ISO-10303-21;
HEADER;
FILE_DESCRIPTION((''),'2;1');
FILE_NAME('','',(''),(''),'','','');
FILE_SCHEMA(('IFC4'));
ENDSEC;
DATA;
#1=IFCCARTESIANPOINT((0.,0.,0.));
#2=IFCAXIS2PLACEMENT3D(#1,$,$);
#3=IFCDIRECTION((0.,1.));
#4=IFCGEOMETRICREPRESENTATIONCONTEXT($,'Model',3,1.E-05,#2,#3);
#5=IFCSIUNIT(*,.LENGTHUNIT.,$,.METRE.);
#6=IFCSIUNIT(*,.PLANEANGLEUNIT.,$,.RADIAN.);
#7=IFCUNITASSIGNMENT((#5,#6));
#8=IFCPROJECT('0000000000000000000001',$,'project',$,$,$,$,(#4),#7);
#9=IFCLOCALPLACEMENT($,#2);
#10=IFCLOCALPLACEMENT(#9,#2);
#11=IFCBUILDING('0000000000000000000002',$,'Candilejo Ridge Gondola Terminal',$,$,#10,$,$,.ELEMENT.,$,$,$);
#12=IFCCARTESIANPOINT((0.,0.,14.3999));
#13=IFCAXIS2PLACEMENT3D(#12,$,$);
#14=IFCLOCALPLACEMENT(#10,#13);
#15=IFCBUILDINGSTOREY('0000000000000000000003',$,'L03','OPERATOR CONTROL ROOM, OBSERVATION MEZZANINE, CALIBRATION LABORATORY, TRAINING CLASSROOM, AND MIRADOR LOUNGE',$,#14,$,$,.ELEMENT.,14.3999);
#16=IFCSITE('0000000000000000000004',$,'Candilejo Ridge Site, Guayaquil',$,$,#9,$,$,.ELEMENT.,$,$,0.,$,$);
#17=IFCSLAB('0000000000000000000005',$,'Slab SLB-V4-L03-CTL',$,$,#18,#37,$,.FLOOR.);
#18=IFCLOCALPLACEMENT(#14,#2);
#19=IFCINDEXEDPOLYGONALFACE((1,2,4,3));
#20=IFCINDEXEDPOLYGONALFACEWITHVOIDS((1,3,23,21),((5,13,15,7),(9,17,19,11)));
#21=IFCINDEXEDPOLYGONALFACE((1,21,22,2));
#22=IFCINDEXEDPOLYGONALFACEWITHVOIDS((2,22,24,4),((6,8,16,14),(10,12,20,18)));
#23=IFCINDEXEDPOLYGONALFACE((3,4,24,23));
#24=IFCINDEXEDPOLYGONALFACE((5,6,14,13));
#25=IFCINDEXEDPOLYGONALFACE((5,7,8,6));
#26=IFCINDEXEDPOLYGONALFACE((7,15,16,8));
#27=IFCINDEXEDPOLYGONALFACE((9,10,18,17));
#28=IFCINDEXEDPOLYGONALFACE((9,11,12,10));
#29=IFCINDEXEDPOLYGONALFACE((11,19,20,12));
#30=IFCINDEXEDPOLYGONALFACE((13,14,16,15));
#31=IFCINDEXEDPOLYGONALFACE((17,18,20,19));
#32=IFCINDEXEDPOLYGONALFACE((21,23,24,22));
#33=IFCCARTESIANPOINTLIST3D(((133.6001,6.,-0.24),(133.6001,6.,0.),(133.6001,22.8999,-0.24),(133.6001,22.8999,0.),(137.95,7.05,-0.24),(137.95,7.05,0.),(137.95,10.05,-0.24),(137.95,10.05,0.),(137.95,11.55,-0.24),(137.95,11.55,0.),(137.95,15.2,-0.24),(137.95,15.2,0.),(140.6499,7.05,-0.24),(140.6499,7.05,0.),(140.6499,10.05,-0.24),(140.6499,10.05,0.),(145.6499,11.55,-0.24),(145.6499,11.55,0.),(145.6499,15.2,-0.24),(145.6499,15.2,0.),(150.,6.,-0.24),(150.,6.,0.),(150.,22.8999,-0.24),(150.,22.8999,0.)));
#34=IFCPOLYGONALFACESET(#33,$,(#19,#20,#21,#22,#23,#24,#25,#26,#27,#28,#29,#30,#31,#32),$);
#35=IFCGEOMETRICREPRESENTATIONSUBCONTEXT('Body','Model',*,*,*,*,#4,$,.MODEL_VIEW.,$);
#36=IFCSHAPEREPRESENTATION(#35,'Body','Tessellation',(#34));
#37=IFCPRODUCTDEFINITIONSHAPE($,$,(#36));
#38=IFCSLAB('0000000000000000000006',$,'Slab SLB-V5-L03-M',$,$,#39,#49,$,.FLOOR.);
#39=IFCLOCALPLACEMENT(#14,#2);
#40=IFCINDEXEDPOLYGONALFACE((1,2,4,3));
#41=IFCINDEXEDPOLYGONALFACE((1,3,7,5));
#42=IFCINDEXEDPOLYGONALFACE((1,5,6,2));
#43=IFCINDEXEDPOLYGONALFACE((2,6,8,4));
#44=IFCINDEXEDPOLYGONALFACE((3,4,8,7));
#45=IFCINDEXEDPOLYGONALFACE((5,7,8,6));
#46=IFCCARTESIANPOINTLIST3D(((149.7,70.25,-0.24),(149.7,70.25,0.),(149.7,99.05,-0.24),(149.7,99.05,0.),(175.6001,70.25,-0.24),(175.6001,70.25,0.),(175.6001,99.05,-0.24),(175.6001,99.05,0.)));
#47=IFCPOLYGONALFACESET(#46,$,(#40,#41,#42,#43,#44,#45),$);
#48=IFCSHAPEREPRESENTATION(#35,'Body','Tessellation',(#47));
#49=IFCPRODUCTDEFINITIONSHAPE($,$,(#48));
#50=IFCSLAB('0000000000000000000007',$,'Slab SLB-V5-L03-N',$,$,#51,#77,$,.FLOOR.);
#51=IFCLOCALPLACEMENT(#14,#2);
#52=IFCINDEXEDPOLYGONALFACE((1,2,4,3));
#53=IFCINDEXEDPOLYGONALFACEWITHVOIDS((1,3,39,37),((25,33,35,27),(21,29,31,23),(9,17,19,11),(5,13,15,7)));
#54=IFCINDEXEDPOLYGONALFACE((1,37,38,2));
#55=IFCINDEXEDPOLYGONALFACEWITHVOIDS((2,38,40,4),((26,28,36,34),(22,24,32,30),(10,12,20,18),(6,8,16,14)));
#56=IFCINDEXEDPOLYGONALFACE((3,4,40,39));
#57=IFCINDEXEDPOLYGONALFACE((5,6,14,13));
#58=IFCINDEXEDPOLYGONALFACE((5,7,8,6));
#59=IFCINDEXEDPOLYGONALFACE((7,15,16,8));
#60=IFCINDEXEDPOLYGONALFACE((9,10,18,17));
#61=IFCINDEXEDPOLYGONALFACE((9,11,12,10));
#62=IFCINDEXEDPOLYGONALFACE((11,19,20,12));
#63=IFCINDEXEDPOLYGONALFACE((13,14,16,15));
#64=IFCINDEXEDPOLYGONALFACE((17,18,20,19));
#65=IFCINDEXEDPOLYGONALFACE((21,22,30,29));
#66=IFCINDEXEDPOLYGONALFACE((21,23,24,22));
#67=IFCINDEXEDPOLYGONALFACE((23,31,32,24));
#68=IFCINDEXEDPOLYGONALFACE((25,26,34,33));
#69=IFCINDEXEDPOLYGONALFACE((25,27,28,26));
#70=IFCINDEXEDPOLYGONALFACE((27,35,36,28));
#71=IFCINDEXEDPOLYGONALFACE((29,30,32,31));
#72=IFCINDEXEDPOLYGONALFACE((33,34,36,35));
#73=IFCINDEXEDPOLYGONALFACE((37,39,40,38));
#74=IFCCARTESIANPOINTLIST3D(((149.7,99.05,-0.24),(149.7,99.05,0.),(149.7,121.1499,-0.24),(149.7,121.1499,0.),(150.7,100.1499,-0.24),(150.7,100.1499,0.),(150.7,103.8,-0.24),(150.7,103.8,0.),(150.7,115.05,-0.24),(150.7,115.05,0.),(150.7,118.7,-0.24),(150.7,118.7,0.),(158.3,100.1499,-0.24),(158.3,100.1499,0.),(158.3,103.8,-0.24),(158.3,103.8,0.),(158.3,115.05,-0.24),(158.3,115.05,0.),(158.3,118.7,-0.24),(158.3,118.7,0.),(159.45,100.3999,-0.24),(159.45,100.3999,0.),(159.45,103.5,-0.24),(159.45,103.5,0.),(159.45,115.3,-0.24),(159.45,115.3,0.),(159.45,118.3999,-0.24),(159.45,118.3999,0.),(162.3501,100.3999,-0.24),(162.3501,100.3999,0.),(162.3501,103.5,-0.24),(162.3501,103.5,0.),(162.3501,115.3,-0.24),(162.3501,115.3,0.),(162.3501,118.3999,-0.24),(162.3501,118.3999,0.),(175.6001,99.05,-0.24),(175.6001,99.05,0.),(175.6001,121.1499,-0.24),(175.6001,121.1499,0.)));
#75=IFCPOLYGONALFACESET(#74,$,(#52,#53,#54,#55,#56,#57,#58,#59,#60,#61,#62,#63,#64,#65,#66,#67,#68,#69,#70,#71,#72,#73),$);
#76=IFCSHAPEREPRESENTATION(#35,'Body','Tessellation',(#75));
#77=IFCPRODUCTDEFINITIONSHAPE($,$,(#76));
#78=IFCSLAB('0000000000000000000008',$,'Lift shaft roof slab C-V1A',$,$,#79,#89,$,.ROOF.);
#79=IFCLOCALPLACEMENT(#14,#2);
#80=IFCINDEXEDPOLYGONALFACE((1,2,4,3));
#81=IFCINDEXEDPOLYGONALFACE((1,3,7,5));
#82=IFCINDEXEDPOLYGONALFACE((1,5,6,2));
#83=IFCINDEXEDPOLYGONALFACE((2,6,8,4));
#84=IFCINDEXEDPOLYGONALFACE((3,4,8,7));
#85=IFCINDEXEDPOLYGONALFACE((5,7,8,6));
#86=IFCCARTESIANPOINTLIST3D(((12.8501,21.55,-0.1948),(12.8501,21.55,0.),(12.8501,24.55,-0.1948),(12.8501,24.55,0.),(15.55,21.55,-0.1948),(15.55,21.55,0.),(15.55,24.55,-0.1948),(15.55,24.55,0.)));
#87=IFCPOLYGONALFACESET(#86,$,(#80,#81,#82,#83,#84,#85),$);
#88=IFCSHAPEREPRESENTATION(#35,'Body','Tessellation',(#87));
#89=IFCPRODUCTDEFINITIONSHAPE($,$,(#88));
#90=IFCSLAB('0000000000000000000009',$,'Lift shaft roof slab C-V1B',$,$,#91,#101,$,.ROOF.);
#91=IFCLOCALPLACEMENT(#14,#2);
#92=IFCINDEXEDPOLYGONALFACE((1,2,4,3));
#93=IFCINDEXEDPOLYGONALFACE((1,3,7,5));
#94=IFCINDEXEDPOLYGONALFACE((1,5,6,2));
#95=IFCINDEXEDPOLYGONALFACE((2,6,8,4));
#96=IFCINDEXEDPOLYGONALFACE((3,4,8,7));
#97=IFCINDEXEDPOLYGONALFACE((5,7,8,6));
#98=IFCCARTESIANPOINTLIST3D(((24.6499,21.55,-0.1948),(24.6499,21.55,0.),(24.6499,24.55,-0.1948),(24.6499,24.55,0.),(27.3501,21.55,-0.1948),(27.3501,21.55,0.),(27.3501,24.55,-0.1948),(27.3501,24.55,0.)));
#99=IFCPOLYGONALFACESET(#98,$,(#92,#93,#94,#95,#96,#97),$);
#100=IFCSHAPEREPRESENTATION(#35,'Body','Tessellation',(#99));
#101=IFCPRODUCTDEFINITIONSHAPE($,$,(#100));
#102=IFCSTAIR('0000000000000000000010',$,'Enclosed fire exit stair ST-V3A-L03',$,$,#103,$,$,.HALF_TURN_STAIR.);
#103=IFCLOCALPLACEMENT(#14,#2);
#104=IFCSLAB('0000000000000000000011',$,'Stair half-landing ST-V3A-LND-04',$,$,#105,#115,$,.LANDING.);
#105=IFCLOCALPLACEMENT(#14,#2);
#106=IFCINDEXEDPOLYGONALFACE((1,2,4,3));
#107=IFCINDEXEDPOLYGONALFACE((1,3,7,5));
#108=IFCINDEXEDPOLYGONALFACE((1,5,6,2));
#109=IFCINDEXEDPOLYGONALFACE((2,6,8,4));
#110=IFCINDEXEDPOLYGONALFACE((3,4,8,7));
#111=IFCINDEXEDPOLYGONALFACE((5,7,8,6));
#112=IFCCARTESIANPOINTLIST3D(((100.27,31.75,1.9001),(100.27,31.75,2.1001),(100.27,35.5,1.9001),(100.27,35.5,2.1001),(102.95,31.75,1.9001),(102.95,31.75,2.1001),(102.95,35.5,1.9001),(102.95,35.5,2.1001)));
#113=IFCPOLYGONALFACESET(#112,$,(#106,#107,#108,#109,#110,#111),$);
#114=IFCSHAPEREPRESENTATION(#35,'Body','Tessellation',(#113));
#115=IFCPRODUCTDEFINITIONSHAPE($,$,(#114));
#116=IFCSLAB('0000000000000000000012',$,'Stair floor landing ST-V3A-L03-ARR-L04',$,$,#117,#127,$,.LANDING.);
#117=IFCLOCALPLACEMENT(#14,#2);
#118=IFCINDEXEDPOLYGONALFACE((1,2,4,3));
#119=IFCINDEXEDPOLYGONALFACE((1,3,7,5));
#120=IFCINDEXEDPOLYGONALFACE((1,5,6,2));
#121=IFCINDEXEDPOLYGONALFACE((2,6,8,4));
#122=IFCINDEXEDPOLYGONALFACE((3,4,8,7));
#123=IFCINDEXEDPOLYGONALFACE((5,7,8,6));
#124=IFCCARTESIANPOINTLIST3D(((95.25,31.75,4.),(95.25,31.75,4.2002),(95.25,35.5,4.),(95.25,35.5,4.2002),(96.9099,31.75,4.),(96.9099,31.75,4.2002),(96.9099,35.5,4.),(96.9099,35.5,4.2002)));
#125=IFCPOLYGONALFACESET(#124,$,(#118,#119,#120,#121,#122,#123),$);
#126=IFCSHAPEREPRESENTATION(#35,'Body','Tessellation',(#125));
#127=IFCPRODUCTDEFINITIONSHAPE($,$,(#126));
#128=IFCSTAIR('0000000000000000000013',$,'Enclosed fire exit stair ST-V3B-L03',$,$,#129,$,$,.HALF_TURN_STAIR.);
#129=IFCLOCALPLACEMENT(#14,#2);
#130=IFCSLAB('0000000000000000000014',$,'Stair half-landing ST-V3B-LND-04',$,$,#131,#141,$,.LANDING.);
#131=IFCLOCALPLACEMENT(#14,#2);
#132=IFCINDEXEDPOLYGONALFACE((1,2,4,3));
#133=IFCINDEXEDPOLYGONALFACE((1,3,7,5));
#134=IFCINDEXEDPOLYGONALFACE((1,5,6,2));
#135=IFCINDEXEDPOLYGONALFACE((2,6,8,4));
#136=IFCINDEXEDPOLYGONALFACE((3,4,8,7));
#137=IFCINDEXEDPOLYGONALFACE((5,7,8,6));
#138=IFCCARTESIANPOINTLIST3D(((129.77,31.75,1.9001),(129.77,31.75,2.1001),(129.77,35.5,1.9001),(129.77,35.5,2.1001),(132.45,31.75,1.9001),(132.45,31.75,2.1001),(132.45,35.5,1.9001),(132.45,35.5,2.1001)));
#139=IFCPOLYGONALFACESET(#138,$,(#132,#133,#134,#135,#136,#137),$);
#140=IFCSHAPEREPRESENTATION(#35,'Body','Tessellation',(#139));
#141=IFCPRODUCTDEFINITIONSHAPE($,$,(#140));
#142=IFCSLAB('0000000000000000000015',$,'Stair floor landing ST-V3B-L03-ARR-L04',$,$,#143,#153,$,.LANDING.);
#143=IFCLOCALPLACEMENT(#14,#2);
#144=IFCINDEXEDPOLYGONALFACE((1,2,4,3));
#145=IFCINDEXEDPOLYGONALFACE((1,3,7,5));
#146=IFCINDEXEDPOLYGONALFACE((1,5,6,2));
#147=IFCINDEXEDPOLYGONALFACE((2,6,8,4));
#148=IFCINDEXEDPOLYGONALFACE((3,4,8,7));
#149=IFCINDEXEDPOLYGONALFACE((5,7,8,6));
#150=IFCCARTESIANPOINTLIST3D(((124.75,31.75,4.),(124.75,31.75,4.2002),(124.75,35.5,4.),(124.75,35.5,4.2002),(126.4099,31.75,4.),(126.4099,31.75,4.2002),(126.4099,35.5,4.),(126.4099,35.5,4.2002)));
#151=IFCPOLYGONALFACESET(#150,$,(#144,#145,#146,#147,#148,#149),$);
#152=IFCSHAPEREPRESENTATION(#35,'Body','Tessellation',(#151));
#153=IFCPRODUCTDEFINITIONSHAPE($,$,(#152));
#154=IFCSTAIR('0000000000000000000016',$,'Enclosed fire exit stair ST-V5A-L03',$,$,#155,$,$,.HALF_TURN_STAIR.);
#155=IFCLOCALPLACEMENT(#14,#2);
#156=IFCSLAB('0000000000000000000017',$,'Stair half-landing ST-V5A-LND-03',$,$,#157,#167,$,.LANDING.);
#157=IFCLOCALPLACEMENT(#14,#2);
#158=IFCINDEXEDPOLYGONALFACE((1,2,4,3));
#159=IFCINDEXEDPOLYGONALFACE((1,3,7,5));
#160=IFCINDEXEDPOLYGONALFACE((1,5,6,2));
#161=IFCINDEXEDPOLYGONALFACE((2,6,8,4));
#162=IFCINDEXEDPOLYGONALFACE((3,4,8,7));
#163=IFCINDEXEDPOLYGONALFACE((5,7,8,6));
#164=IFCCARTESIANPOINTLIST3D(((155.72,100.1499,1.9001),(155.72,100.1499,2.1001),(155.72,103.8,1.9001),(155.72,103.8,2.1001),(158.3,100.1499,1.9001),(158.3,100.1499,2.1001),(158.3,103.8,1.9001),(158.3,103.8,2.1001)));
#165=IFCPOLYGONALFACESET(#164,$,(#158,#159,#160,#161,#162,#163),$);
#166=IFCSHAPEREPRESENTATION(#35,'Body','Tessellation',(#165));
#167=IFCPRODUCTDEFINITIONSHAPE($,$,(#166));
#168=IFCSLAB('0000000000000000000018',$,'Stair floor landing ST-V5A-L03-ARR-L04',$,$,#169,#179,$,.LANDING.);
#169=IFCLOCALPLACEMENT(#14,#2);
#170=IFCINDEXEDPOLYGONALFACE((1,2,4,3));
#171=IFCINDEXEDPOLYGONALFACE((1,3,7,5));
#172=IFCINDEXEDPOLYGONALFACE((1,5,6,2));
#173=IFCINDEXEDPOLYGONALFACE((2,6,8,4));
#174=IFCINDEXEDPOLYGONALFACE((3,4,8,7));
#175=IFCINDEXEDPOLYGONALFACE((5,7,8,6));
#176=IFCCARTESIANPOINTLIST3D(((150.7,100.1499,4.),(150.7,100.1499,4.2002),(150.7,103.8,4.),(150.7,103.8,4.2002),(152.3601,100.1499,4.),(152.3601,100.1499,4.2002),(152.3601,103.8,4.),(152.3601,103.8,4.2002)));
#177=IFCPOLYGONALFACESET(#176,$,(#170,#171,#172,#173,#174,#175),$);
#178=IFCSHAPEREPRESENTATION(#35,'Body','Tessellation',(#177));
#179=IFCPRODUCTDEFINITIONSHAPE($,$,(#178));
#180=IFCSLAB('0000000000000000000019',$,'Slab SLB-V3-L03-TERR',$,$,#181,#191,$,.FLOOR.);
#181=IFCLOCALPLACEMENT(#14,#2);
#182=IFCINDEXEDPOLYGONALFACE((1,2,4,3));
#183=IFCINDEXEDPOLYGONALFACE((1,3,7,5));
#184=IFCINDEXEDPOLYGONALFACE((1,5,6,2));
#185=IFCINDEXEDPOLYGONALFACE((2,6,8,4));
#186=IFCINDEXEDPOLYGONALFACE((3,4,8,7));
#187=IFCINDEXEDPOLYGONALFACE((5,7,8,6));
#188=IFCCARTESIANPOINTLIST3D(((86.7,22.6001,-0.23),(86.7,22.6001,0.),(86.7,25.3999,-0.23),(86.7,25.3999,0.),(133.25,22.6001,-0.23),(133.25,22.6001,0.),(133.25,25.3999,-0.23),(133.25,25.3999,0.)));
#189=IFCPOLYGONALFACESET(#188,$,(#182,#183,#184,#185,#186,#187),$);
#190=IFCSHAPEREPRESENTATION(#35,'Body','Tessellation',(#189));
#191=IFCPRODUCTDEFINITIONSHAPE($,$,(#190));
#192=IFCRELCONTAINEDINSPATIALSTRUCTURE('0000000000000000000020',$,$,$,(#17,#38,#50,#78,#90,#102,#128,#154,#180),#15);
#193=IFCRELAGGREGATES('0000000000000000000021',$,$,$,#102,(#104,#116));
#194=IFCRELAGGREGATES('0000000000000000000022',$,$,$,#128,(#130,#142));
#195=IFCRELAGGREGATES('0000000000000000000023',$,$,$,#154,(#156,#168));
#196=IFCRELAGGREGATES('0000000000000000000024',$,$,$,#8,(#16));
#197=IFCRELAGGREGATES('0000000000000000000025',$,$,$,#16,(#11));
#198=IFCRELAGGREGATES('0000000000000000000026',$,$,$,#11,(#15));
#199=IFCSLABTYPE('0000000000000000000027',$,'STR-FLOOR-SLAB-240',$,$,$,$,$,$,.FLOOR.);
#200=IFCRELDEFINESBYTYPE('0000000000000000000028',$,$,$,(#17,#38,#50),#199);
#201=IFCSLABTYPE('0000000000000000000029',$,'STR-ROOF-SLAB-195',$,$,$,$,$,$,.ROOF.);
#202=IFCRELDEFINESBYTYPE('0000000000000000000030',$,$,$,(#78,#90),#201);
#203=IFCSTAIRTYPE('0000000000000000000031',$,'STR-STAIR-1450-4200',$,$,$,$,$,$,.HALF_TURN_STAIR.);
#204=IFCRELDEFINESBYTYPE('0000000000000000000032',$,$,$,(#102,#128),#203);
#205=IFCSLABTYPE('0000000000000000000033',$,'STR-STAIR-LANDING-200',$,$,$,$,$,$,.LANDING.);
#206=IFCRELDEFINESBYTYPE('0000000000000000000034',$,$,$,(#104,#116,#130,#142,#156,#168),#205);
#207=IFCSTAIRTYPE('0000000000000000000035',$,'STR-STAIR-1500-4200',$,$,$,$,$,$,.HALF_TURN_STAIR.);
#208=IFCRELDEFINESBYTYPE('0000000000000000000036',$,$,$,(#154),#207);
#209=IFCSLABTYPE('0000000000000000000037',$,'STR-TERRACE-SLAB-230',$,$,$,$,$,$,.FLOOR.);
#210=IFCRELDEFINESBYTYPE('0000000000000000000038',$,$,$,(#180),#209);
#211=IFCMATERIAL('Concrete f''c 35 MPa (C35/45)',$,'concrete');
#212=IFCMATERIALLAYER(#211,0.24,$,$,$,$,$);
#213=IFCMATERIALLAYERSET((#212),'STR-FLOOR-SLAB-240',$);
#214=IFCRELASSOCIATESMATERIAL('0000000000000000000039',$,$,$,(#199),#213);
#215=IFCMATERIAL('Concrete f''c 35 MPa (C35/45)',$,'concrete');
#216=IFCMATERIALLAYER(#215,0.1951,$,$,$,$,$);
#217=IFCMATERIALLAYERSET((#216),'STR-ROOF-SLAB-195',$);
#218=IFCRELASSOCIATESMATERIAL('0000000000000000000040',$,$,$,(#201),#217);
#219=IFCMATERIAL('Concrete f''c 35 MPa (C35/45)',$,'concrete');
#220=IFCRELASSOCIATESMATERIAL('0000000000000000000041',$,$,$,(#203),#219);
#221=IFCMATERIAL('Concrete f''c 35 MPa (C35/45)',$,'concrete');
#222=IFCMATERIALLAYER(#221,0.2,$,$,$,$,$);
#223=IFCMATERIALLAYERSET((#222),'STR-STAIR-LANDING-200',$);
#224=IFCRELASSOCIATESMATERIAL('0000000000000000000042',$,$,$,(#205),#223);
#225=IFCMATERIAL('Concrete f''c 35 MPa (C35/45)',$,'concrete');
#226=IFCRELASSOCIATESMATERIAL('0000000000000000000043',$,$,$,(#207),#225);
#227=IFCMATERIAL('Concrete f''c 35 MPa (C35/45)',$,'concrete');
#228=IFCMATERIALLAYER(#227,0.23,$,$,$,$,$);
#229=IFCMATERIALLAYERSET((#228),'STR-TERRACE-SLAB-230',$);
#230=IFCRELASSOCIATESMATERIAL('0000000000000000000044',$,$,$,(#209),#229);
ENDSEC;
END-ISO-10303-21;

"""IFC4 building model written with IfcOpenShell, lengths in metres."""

from ifc_helpers import new_model, si_unit, direction, frame, origin, place, context, subcontext, project, spatial, polyline, outline, extrude, material, layer, layer_set, type_object, element, aggregate, save


model = new_model("IFC4")

# Units and contexts
model_context = context("Model", 3, precision=1e-05, world=origin(), true_north=direction((0.0, 1.0)))
body_context = subcontext(model_context, "Body", "Model", "MODEL_VIEW")
ifc_project = project(units=[si_unit("LENGTHUNIT", "METRE"), si_unit("PLANEANGLEUNIT", "RADIAN")], contexts=[model_context])

# Site, building, storey
site_placement = place(None, origin())
site = spatial("IfcSite", under=ifc_project, at=site_placement, Name="Candilejo Ridge Site, Guayaquil", CompositionType="ELEMENT", RefElevation=0.0)
building_placement = place(site_placement, origin())
building = spatial("IfcBuilding", under=site, at=building_placement, Name="Candilejo Ridge Gondola Terminal", CompositionType="ELEMENT")
storey_placement = place(building_placement, frame((0.0, 0.0, 14.3999)))
storey = spatial("IfcBuildingStorey", under=building, at=storey_placement, Name="L03", Description="OPERATOR CONTROL ROOM, OBSERVATION MEZZANINE, CALIBRATION LABORATORY, TRAINING CLASSROOM, AND MIRADOR LOUNGE", CompositionType="ELEMENT", Elevation=14.3999)

# Slabs
ifc_material_1 = material(Name="Concrete f'c 35 MPa (C35/45)", Category="concrete")
ifc_layer_1 = layer(ifc_material_1, 0.24)
ifc_layer_set_1 = layer_set([ifc_layer_1], Name="STR-FLOOR-SLAB-240")
slab_type_1 = type_object("IfcSlabType", Name="STR-FLOOR-SLAB-240", PredefinedType="FLOOR", material=ifc_layer_set_1)
slab_1_placement = place(storey_placement, frame((0.0, 0.0, -0.24)))
element("IfcSlab", 1, at=slab_1_placement, inside=storey, type_object=slab_type_1, Name="Slab SLB-V4-L03-CTL", PredefinedType="FLOOR", context=body_context, shape_type="SweptSolid", body=[
    extrude(outline(polyline([(133.6001, 6.0), (150.0, 6.0), (150.0, 22.8999), (133.6001, 22.8999), (133.6001, 6.0)]), holes=[polyline([(137.95, 11.55), (145.6499, 11.55), (145.6499, 15.2), (137.95, 15.2), (137.95, 11.55)]), polyline([(137.95, 7.05), (140.6499, 7.05), (140.6499, 10.05), (137.95, 10.05), (137.95, 7.05)])]), origin(), (0.0, 0.0, 1.0), 0.24),
])
slab_2_placement = place(storey_placement, frame((0.0, 0.0, -0.24)))
element("IfcSlab", 2, at=slab_2_placement, inside=storey, type_object=slab_type_1, Name="Slab SLB-V5-L03-M", PredefinedType="FLOOR", context=body_context, shape_type="SweptSolid", body=[
    extrude(outline(polyline([(149.7, 70.25), (175.6001, 70.25), (175.6001, 99.05), (149.7, 99.05), (149.7, 70.25)])), origin(), (0.0, 0.0, 1.0), 0.24),
])
slab_3_placement = place(storey_placement, frame((0.0, 0.0, -0.24)))
element("IfcSlab", 3, at=slab_3_placement, inside=storey, type_object=slab_type_1, Name="Slab SLB-V5-L03-N", PredefinedType="FLOOR", context=body_context, shape_type="SweptSolid", body=[
    extrude(outline(polyline([(149.7, 99.05), (175.6001, 99.05), (175.6001, 121.1499), (149.7, 121.1499), (149.7, 99.05)]), holes=[polyline([(150.7, 100.1499), (158.3, 100.1499), (158.3, 103.8), (150.7, 103.8), (150.7, 100.1499)]), polyline([(159.45, 100.3999), (162.3501, 100.3999), (162.3501, 103.5), (159.45, 103.5), (159.45, 100.3999)]), polyline([(150.7, 115.05), (158.3, 115.05), (158.3, 118.7), (150.7, 118.7), (150.7, 115.05)]), polyline([(159.45, 115.3), (162.3501, 115.3), (162.3501, 118.3999), (159.45, 118.3999), (159.45, 115.3)])]), origin(), (0.0, 0.0, 1.0), 0.24),
])
ifc_material_2 = material(Name="Concrete f'c 35 MPa (C35/45)", Category="concrete")
ifc_layer_2 = layer(ifc_material_2, 0.1951)
ifc_layer_set_2 = layer_set([ifc_layer_2], Name="STR-ROOF-SLAB-195")
slab_type_2 = type_object("IfcSlabType", Name="STR-ROOF-SLAB-195", PredefinedType="ROOF", material=ifc_layer_set_2)
slab_4_placement = place(storey_placement, frame((0.0, 0.0, -0.1948)))
element("IfcSlab", 4, at=slab_4_placement, inside=storey, type_object=slab_type_2, Name="Lift shaft roof slab C-V1A", PredefinedType="ROOF", context=body_context, shape_type="SweptSolid", body=[
    extrude(outline(polyline([(12.8501, 21.55), (15.55, 21.55), (15.55, 24.55), (12.8501, 24.55), (12.8501, 21.55)])), origin(), (0.0, 0.0, 1.0), 0.1948),
])
slab_5_placement = place(storey_placement, frame((0.0, 0.0, -0.1948)))
element("IfcSlab", 5, at=slab_5_placement, inside=storey, type_object=slab_type_2, Name="Lift shaft roof slab C-V1B", PredefinedType="ROOF", context=body_context, shape_type="SweptSolid", body=[
    extrude(outline(polyline([(24.6499, 21.55), (27.3501, 21.55), (27.3501, 24.55), (24.6499, 24.55), (24.6499, 21.55)])), origin(), (0.0, 0.0, 1.0), 0.1948),
])

# Stairs, slabs
ifc_material_3 = material(Name="Concrete f'c 35 MPa (C35/45)", Category="concrete")
stair_type_1 = type_object("IfcStairType", Name="STR-STAIR-1450-4200", PredefinedType="HALF_TURN_STAIR", material=ifc_material_3)
stair_1_placement = place(storey_placement, origin())
stair_1 = element("IfcStair", 6, at=stair_1_placement, inside=storey, type_object=stair_type_1, Name="Enclosed fire exit stair ST-V3A-L03", PredefinedType="HALF_TURN_STAIR")
ifc_material_4 = material(Name="Concrete f'c 35 MPa (C35/45)", Category="concrete")
ifc_layer_3 = layer(ifc_material_4, 0.2)
ifc_layer_set_3 = layer_set([ifc_layer_3], Name="STR-STAIR-LANDING-200")
slab_type_3 = type_object("IfcSlabType", Name="STR-STAIR-LANDING-200", PredefinedType="LANDING", material=ifc_layer_set_3)
slab_6_placement = place(storey_placement, frame((0.0, 0.0, 1.9001)))
slab_6 = element("IfcSlab", 7, at=slab_6_placement, type_object=slab_type_3, Name="Stair half-landing ST-V3A-LND-04", PredefinedType="LANDING", context=body_context, shape_type="SweptSolid", body=[
    extrude(outline(polyline([(100.27, 31.75), (102.95, 31.75), (102.95, 35.5), (100.27, 35.5), (100.27, 31.75)])), origin(), (0.0, 0.0, 1.0), 0.2),
])
slab_7_placement = place(storey_placement, frame((0.0, 0.0, 4.0)))
slab_7 = element("IfcSlab", 8, at=slab_7_placement, type_object=slab_type_3, Name="Stair floor landing ST-V3A-L03-ARR-L04", PredefinedType="LANDING", context=body_context, shape_type="SweptSolid", body=[
    extrude(outline(polyline([(95.25, 31.75), (96.9099, 31.75), (96.9099, 35.5), (95.25, 35.5), (95.25, 31.75)])), origin(), (0.0, 0.0, 1.0), 0.2002),
])
aggregate(stair_1, [slab_6, slab_7])
stair_2_placement = place(storey_placement, origin())
stair_2 = element("IfcStair", 9, at=stair_2_placement, inside=storey, type_object=stair_type_1, Name="Enclosed fire exit stair ST-V3B-L03", PredefinedType="HALF_TURN_STAIR")
slab_8_placement = place(storey_placement, frame((0.0, 0.0, 1.9001)))
slab_8 = element("IfcSlab", 10, at=slab_8_placement, type_object=slab_type_3, Name="Stair half-landing ST-V3B-LND-04", PredefinedType="LANDING", context=body_context, shape_type="SweptSolid", body=[
    extrude(outline(polyline([(129.77, 31.75), (132.45, 31.75), (132.45, 35.5), (129.77, 35.5), (129.77, 31.75)])), origin(), (0.0, 0.0, 1.0), 0.2),
])
slab_9_placement = place(storey_placement, frame((0.0, 0.0, 4.0)))
slab_9 = element("IfcSlab", 11, at=slab_9_placement, type_object=slab_type_3, Name="Stair floor landing ST-V3B-L03-ARR-L04", PredefinedType="LANDING", context=body_context, shape_type="SweptSolid", body=[
    extrude(outline(polyline([(124.75, 31.75), (126.4099, 31.75), (126.4099, 35.5), (124.75, 35.5), (124.75, 31.75)])), origin(), (0.0, 0.0, 1.0), 0.2002),
])
aggregate(stair_2, [slab_8, slab_9])
ifc_material_5 = material(Name="Concrete f'c 35 MPa (C35/45)", Category="concrete")
stair_type_2 = type_object("IfcStairType", Name="STR-STAIR-1500-4200", PredefinedType="HALF_TURN_STAIR", material=ifc_material_5)
stair_3_placement = place(storey_placement, origin())
stair_3 = element("IfcStair", 12, at=stair_3_placement, inside=storey, type_object=stair_type_2, Name="Enclosed fire exit stair ST-V5A-L03", PredefinedType="HALF_TURN_STAIR")
slab_10_placement = place(storey_placement, frame((0.0, 0.0, 1.9001)))
slab_10 = element("IfcSlab", 13, at=slab_10_placement, type_object=slab_type_3, Name="Stair half-landing ST-V5A-LND-03", PredefinedType="LANDING", context=body_context, shape_type="SweptSolid", body=[
    extrude(outline(polyline([(155.72, 100.1499), (158.3, 100.1499), (158.3, 103.8), (155.72, 103.8), (155.72, 100.1499)])), origin(), (0.0, 0.0, 1.0), 0.2),
])
slab_11_placement = place(storey_placement, frame((0.0, 0.0, 4.0)))
slab_11 = element("IfcSlab", 14, at=slab_11_placement, type_object=slab_type_3, Name="Stair floor landing ST-V5A-L03-ARR-L04", PredefinedType="LANDING", context=body_context, shape_type="SweptSolid", body=[
    extrude(outline(polyline([(150.7, 100.1499), (152.3601, 100.1499), (152.3601, 103.8), (150.7, 103.8), (150.7, 100.1499)])), origin(), (0.0, 0.0, 1.0), 0.2002),
])
aggregate(stair_3, [slab_10, slab_11])

# Slab
ifc_material_6 = material(Name="Concrete f'c 35 MPa (C35/45)", Category="concrete")
ifc_layer_4 = layer(ifc_material_6, 0.23)
ifc_layer_set_4 = layer_set([ifc_layer_4], Name="STR-TERRACE-SLAB-230")
slab_type_4 = type_object("IfcSlabType", Name="STR-TERRACE-SLAB-230", PredefinedType="FLOOR", material=ifc_layer_set_4)
slab_12_placement = place(storey_placement, frame((0.0, 0.0, -0.23)))
element("IfcSlab", 15, at=slab_12_placement, inside=storey, type_object=slab_type_4, Name="Slab SLB-V3-L03-TERR", PredefinedType="FLOOR", context=body_context, shape_type="SweptSolid", body=[
    extrude(outline(polyline([(86.7, 22.6001), (133.25, 22.6001), (133.25, 25.3999), (86.7, 25.3999), (86.7, 22.6001)])), origin(), (0.0, 0.0, 1.0), 0.23),
])

save(model, "model.ifc")
